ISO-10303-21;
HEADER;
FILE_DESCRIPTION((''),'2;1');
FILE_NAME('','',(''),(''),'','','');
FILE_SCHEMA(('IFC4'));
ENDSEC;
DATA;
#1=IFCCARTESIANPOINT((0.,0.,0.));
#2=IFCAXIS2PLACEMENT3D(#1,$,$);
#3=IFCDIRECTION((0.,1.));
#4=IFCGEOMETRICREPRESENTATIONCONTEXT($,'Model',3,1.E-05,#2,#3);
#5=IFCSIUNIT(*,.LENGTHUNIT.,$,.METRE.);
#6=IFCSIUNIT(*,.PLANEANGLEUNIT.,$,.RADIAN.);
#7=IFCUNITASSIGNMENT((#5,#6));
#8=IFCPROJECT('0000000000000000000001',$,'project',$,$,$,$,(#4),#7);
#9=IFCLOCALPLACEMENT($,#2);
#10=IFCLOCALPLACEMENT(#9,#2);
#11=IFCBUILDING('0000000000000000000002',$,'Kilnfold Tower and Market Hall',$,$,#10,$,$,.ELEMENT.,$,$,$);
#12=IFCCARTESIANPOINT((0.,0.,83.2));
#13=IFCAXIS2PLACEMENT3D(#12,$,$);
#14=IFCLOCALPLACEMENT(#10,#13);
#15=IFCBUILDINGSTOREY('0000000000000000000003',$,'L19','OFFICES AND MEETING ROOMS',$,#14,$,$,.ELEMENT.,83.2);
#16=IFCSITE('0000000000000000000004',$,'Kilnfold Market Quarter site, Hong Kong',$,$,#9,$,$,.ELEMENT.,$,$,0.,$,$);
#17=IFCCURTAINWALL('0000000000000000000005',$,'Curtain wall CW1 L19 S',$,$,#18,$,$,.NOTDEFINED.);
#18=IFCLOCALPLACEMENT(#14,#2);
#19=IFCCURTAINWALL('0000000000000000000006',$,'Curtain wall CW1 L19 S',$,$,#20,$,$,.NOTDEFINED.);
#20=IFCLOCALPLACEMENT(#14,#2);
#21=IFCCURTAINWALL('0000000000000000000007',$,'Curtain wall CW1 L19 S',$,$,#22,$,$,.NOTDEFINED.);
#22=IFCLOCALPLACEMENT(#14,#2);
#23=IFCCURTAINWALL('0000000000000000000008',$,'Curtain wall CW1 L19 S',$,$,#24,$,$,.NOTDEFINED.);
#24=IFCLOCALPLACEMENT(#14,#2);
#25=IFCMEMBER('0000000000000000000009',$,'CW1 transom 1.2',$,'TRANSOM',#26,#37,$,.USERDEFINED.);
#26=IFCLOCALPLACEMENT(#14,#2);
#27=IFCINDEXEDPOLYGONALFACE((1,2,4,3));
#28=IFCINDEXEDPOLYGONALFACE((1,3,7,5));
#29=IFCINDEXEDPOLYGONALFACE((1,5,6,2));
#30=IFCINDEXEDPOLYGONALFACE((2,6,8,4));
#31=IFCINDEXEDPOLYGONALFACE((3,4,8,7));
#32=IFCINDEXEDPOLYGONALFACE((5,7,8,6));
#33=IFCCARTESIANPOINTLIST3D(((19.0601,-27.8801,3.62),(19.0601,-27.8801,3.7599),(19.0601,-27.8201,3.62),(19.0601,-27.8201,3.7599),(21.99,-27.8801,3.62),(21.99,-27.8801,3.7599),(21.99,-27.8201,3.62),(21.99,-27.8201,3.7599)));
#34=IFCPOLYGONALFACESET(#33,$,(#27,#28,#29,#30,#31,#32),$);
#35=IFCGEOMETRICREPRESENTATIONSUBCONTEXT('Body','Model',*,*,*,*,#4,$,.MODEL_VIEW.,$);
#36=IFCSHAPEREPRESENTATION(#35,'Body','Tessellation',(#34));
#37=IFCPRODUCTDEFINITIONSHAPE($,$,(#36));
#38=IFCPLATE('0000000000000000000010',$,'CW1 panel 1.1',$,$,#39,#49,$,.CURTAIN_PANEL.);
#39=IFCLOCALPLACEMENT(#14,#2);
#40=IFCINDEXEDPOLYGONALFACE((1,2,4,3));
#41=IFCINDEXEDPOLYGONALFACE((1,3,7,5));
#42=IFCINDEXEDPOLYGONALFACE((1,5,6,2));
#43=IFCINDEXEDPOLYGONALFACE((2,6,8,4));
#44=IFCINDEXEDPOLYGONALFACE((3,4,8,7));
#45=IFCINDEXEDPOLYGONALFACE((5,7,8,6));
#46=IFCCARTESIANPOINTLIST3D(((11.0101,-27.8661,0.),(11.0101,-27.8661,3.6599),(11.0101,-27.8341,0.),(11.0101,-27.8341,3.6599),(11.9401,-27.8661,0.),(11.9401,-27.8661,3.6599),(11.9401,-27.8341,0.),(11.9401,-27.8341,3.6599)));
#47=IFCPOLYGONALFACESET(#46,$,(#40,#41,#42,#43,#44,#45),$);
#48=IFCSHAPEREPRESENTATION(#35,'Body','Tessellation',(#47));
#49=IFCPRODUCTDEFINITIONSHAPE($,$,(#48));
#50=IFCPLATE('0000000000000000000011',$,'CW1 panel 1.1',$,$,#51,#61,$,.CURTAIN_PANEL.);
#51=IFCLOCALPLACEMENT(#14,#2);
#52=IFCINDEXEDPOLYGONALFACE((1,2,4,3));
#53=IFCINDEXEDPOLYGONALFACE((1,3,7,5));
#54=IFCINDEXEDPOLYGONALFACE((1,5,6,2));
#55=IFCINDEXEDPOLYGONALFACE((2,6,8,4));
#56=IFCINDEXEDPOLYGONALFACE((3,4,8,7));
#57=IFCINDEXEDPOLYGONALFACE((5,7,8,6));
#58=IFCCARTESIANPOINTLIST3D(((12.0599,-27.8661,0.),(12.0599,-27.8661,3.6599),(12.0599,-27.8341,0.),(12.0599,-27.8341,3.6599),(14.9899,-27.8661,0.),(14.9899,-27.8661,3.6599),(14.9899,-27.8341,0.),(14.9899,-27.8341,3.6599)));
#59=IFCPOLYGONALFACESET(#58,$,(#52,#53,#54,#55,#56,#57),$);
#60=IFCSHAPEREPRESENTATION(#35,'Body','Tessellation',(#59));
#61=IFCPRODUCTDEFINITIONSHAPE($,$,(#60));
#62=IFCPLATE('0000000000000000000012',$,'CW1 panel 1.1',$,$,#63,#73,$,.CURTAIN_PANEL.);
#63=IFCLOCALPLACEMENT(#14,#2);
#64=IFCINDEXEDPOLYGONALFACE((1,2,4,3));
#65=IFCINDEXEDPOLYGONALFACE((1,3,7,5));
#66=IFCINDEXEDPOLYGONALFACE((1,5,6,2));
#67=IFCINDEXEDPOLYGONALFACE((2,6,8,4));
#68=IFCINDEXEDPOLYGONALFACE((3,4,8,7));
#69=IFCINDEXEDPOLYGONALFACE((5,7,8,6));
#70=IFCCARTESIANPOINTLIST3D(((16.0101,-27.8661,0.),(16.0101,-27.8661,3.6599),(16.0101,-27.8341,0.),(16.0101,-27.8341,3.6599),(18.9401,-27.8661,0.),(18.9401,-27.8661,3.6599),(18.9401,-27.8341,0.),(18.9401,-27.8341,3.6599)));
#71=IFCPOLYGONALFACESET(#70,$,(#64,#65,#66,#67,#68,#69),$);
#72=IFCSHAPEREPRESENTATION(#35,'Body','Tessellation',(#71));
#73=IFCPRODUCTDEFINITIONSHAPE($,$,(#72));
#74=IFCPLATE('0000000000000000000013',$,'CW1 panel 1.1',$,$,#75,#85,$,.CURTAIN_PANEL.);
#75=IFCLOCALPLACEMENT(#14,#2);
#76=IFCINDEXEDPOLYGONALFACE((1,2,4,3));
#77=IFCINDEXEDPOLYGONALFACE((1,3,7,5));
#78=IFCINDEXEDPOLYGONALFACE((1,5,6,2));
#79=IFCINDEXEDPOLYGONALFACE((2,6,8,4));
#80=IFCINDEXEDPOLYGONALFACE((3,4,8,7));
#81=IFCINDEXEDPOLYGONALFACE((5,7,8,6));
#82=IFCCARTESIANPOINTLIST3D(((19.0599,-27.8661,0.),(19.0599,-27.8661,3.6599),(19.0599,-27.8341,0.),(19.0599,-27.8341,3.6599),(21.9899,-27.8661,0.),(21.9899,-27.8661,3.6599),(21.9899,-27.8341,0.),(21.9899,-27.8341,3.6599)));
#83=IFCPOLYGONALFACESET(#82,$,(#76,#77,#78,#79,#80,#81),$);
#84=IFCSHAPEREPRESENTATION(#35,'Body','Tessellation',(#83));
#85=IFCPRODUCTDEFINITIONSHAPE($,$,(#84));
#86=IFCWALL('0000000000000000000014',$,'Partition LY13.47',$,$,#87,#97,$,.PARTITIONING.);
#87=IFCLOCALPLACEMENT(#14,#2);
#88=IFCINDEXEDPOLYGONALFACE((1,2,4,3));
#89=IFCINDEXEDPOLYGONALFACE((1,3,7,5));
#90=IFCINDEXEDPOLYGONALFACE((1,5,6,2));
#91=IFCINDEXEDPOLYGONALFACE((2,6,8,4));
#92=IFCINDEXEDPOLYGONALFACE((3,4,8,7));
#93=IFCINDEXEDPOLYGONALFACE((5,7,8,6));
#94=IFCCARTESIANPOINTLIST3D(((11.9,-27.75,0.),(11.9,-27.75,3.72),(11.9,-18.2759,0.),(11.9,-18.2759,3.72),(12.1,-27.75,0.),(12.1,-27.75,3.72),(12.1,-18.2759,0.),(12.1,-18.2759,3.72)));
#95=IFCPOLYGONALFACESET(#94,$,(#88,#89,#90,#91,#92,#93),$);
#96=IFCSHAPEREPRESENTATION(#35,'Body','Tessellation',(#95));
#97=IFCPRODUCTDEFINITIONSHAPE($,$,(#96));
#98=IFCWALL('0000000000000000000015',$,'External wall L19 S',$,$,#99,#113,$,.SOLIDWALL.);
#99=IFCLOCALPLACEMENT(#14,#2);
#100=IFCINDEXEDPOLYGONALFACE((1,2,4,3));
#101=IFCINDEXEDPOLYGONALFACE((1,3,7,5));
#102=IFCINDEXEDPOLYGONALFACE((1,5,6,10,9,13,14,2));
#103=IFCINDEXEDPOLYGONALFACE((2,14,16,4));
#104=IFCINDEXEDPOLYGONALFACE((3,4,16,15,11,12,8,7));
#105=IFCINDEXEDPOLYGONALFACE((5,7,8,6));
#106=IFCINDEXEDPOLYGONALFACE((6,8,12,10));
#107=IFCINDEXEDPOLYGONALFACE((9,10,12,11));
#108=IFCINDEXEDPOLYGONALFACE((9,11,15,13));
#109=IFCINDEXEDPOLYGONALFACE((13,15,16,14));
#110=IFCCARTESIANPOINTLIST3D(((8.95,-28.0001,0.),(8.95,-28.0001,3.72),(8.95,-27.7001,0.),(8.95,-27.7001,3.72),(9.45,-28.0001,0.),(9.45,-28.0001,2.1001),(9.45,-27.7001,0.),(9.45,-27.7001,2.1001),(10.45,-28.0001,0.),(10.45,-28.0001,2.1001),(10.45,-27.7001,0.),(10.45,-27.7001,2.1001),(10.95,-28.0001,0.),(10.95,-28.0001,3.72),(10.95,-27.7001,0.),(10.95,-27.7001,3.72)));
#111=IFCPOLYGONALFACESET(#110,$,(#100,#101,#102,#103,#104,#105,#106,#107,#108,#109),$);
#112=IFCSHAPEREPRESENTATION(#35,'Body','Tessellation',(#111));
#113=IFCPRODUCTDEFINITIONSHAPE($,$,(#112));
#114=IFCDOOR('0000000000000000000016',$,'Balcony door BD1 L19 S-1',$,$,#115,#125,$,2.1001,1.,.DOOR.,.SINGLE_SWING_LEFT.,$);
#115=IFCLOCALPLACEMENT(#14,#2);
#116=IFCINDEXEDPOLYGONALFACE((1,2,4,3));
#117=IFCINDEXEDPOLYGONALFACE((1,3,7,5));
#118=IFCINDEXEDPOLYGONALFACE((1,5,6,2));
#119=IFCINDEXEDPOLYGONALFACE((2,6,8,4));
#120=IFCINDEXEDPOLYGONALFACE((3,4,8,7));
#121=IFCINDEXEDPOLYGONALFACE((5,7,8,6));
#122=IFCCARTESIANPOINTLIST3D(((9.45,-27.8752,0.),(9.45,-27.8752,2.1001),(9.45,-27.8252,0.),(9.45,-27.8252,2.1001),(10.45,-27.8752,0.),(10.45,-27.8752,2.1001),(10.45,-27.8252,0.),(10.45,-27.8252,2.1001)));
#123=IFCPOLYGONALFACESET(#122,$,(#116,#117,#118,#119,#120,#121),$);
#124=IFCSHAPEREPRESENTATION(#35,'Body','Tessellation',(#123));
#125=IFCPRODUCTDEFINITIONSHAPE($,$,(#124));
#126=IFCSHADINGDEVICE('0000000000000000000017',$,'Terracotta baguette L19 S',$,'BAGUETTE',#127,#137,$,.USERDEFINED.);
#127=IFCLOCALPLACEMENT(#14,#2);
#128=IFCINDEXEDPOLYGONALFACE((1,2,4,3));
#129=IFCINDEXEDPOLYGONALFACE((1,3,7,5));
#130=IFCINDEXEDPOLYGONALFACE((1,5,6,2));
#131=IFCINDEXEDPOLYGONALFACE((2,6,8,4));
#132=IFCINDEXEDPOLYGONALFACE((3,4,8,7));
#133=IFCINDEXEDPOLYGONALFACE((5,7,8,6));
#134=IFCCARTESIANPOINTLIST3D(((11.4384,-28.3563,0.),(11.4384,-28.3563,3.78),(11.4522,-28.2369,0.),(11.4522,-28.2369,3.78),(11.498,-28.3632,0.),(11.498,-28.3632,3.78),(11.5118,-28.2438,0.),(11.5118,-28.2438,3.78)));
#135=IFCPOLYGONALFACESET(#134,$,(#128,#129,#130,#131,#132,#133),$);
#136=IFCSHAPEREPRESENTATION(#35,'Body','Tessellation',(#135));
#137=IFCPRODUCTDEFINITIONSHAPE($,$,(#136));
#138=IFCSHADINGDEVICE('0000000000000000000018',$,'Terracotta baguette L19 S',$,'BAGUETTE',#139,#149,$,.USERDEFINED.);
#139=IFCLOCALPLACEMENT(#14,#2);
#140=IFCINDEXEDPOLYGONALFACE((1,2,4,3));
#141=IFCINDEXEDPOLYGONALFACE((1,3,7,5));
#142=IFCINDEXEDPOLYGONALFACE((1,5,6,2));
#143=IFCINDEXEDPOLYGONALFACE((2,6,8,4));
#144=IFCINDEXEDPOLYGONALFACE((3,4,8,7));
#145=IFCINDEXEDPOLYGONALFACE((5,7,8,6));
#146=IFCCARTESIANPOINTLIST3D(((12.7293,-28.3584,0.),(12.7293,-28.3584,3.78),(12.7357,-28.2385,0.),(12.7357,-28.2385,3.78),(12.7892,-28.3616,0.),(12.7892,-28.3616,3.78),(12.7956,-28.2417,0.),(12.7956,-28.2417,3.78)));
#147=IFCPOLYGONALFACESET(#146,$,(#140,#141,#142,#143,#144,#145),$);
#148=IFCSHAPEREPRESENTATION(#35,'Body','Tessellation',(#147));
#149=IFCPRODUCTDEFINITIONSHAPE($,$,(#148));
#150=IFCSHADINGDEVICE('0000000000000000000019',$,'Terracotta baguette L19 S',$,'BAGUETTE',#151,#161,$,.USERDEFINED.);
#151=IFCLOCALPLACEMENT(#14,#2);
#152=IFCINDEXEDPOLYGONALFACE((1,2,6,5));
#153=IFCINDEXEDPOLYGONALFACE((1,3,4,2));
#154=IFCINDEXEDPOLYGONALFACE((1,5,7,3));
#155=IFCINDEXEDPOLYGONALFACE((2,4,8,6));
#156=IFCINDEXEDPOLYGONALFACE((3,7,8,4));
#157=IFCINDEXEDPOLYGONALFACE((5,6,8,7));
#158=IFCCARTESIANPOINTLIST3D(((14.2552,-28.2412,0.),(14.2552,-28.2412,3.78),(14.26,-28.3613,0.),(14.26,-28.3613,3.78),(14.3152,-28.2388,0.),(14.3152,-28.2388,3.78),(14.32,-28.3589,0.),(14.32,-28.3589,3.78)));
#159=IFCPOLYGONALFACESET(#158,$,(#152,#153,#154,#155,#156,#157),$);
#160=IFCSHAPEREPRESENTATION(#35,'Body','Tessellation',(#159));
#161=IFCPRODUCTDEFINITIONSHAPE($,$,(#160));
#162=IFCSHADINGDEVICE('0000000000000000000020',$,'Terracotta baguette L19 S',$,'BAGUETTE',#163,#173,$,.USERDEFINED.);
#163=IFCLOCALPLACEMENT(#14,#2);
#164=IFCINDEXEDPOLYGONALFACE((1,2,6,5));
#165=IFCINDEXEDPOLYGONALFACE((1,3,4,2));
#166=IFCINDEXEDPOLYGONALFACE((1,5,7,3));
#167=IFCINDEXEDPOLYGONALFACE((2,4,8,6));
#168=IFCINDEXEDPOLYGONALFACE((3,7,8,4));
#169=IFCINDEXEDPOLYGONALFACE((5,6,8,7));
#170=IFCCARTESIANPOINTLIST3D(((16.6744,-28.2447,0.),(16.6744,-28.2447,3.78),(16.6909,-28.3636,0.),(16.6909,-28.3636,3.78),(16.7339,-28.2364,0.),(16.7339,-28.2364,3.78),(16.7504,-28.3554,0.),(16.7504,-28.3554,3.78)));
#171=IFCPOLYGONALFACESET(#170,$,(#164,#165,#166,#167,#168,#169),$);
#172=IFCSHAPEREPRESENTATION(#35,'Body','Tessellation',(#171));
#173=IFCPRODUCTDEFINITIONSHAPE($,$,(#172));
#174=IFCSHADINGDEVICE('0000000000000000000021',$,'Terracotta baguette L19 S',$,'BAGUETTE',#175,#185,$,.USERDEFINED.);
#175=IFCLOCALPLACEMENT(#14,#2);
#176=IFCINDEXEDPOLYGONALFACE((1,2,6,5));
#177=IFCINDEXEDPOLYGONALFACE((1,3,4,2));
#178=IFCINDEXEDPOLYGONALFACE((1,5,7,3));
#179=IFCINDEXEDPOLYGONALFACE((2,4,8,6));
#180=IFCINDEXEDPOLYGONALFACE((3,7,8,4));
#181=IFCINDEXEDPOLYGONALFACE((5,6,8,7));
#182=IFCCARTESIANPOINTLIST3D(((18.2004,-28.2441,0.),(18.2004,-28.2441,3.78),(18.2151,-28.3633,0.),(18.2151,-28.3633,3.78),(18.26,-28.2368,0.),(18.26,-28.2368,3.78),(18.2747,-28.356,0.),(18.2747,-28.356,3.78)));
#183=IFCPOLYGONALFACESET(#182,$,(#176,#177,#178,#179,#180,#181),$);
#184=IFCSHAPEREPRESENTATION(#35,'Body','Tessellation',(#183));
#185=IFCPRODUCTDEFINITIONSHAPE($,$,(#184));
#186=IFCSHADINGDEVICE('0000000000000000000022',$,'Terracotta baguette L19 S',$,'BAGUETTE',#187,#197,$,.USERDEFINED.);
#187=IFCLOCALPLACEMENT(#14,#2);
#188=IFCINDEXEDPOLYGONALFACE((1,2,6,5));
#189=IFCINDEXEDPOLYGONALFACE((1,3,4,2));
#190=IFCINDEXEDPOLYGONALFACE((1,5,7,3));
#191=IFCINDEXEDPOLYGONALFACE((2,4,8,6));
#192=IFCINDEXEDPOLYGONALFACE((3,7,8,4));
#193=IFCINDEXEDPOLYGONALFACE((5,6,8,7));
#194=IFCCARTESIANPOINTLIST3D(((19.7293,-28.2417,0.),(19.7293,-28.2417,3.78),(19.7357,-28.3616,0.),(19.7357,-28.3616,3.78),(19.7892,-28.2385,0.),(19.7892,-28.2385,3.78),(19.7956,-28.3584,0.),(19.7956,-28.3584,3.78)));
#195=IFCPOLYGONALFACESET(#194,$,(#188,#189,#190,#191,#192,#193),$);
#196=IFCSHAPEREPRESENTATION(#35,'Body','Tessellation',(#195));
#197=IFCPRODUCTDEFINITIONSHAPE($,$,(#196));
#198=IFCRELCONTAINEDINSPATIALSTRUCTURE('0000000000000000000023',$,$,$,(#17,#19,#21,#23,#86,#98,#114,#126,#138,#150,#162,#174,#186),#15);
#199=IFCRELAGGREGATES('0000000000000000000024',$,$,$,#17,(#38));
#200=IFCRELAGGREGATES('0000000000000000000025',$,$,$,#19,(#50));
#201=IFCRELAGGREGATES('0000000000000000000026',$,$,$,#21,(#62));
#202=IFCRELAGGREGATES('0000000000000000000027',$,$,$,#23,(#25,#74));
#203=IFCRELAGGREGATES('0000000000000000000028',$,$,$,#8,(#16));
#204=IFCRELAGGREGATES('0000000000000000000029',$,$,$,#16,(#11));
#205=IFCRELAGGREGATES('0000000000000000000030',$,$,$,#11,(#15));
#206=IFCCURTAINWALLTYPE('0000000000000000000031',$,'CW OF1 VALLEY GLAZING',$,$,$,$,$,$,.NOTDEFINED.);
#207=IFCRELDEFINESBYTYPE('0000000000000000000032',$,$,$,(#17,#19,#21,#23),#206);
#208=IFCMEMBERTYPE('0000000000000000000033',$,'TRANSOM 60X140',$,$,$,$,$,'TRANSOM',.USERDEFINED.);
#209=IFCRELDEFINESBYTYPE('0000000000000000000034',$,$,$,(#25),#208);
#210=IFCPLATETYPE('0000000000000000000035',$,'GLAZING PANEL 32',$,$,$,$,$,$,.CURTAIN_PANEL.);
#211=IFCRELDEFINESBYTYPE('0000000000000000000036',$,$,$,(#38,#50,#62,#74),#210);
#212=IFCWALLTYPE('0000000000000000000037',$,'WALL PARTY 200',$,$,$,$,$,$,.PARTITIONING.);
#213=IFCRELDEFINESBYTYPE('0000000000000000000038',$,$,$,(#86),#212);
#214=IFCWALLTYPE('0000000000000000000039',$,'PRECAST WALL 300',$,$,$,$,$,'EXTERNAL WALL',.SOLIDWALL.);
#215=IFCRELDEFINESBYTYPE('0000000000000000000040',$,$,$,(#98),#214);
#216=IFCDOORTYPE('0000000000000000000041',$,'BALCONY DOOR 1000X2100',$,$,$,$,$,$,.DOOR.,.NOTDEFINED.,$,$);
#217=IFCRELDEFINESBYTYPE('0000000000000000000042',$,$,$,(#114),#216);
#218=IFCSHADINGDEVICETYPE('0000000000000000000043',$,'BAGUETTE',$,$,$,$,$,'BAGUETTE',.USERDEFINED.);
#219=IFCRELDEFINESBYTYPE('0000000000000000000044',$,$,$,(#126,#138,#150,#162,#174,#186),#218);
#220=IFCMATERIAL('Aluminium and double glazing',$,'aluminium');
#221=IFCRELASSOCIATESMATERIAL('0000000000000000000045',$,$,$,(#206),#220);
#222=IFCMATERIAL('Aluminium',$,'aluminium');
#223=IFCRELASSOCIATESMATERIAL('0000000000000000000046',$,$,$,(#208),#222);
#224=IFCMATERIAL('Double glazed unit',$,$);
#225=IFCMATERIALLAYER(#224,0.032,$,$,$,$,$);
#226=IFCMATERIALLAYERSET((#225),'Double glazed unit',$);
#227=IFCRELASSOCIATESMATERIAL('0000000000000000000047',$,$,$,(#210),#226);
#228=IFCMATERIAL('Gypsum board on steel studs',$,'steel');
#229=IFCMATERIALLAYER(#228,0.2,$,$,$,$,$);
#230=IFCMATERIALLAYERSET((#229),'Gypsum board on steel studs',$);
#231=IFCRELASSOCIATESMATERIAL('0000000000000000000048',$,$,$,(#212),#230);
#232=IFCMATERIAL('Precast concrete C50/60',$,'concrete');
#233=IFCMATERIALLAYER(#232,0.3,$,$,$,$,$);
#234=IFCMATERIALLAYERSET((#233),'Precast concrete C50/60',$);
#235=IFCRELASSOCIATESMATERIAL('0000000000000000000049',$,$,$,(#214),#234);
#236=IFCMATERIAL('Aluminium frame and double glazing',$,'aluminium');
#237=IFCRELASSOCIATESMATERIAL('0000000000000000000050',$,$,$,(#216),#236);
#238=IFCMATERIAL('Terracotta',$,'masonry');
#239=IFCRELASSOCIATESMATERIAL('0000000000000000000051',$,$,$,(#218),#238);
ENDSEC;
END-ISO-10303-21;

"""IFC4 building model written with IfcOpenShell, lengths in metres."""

from ifc_helpers import new_model, si_unit, direction, frame, frame_2d, origin, origin_2d, place, context, subcontext, project, spatial, rectangle, extrude, source, transform, mapped, material, layer, layer_set, material_profile, profile_set, type_object, element, fill, aggregate, save


model = new_model("IFC4")

# Units and contexts
model_context = context("Model", 3, precision=1e-05, world=origin(), true_north=direction((0.0, 1.0)))
body_context = subcontext(model_context, "Body", "Model", "MODEL_VIEW")
ifc_project = project(units=[si_unit("LENGTHUNIT", "METRE"), si_unit("PLANEANGLEUNIT", "RADIAN")], contexts=[model_context])

# Site, building, storey
site_placement = place(None, origin())
site = spatial("IfcSite", under=ifc_project, at=site_placement, Name="Kilnfold Market Quarter site, Hong Kong", CompositionType="ELEMENT", RefElevation=0.0)
building_placement = place(site_placement, origin())
building = spatial("IfcBuilding", under=site, at=building_placement, Name="Kilnfold Tower and Market Hall", CompositionType="ELEMENT")
storey_placement = place(building_placement, frame((0.0, 0.0, 83.2)))
storey = spatial("IfcBuildingStorey", under=building, at=storey_placement, Name="L19", Description="OFFICES AND MEETING ROOMS", CompositionType="ELEMENT", Elevation=83.2)

# Curtain walls
ifc_material_1 = material(Name="Aluminium and double glazing", Category="aluminium")
curtain_wall_type = type_object("IfcCurtainWallType", Name="CW OF1 VALLEY GLAZING", PredefinedType="NOTDEFINED", material=ifc_material_1)
curtain_wall_1_placement = place(storey_placement, origin())
curtain_wall_1 = element("IfcCurtainWall", 1, at=curtain_wall_1_placement, inside=storey, type_object=curtain_wall_type, Name="Curtain wall CW1 L19 S", PredefinedType="NOTDEFINED")
curtain_wall_2_placement = place(storey_placement, origin())
curtain_wall_2 = element("IfcCurtainWall", 2, at=curtain_wall_2_placement, inside=storey, type_object=curtain_wall_type, Name="Curtain wall CW1 L19 S", PredefinedType="NOTDEFINED")
curtain_wall_3_placement = place(storey_placement, origin())
curtain_wall_3 = element("IfcCurtainWall", 3, at=curtain_wall_3_placement, inside=storey, type_object=curtain_wall_type, Name="Curtain wall CW1 L19 S", PredefinedType="NOTDEFINED")
curtain_wall_4_placement = place(storey_placement, origin())
curtain_wall_4 = element("IfcCurtainWall", 4, at=curtain_wall_4_placement, inside=storey, type_object=curtain_wall_type, Name="Curtain wall CW1 L19 S", PredefinedType="NOTDEFINED")

# Member
ifc_material_2 = material(Name="Aluminium", Category="aluminium")
ifc_material_profile_1 = material_profile(ifc_material_2, rectangle(XDim=0.0601, YDim=0.1399, at=origin_2d()), Name="TRANSOM 60x140")
ifc_profile_set_1 = profile_set([ifc_material_profile_1], Name="Aluminium")
member_type_1 = type_object("IfcMemberType", Name="TRANSOM 60X140", ElementType="TRANSOM", PredefinedType="USERDEFINED", material=ifc_profile_set_1)
shared_shape_1 = source(origin(), body_context, "Body", "SweptSolid", [
    extrude(rectangle(XDim=0.0601, YDim=0.1399, at=origin_2d()), origin(), (0.0, 0.0, 1.0), 2.9299),
])
member_1_placement = place(storey_placement, frame((19.0601, -27.8501, 3.6899), z_axis=(1.0, 0.0, 0.0), x_axis=(0.0, 1.0, 0.0)))
member_1 = element("IfcMember", 5, at=member_1_placement, type_object=member_type_1, Name="CW1 transom 1.2", ObjectType="TRANSOM", PredefinedType="USERDEFINED", context=body_context, shape_type="MappedRepresentation", body=[
    mapped(shared_shape_1, transform((0.0, 0.0, 0.0))),
])

# Plates
ifc_material_3 = material(Name="Double glazed unit")
ifc_layer_1 = layer(ifc_material_3, 0.032)
ifc_layer_set_1 = layer_set([ifc_layer_1], Name="Double glazed unit")
plate_type = type_object("IfcPlateType", Name="GLAZING PANEL 32", PredefinedType="CURTAIN_PANEL", material=ifc_layer_set_1)
shared_shape_2 = source(origin(), body_context, "Body", "SweptSolid", [
    extrude(rectangle(XDim=0.9299, YDim=0.032, at=origin_2d()), origin(), (0.0, 0.0, 1.0), 3.6599),
])
plate_1_placement = place(storey_placement, frame((11.4751, -27.8501, 0.0), z_axis=(0.0, 0.0, 1.0), x_axis=(1.0, 0.0, 0.0)))
plate_1 = element("IfcPlate", 6, at=plate_1_placement, type_object=plate_type, Name="CW1 panel 1.1", PredefinedType="CURTAIN_PANEL", context=body_context, shape_type="MappedRepresentation", body=[
    mapped(shared_shape_2, transform((0.0, 0.0, 0.0))),
])
aggregate(curtain_wall_1, [plate_1])
shared_shape_3 = source(origin(), body_context, "Body", "SweptSolid", [
    extrude(rectangle(XDim=2.9299, YDim=0.032, at=origin_2d()), origin(), (0.0, 0.0, 1.0), 3.6599),
])
plate_2_placement = place(storey_placement, frame((13.5249, -27.8501, 0.0), z_axis=(0.0, 0.0, 1.0), x_axis=(1.0, 0.0, 0.0)))
plate_2 = element("IfcPlate", 7, at=plate_2_placement, type_object=plate_type, Name="CW1 panel 1.1", PredefinedType="CURTAIN_PANEL", context=body_context, shape_type="MappedRepresentation", body=[
    mapped(shared_shape_3, transform((0.0, 0.0, 0.0))),
])
aggregate(curtain_wall_2, [plate_2])
plate_3_placement = place(storey_placement, frame((17.4751, -27.8501, 0.0), z_axis=(0.0, 0.0, 1.0), x_axis=(1.0, 0.0, 0.0)))
plate_3 = element("IfcPlate", 8, at=plate_3_placement, type_object=plate_type, Name="CW1 panel 1.1", PredefinedType="CURTAIN_PANEL", context=body_context, shape_type="MappedRepresentation", body=[
    mapped(shared_shape_3, transform((0.0, 0.0, 0.0))),
])
aggregate(curtain_wall_3, [plate_3])
plate_4_placement = place(storey_placement, frame((20.5249, -27.8501, 0.0), z_axis=(0.0, 0.0, 1.0), x_axis=(1.0, 0.0, 0.0)))
plate_4 = element("IfcPlate", 9, at=plate_4_placement, type_object=plate_type, Name="CW1 panel 1.1", PredefinedType="CURTAIN_PANEL", context=body_context, shape_type="MappedRepresentation", body=[
    mapped(shared_shape_3, transform((0.0, 0.0, 0.0))),
])
aggregate(curtain_wall_4, [member_1, plate_4])

# Wall
ifc_material_4 = material(Name="Gypsum board on steel studs", Category="steel")
ifc_layer_2 = layer(ifc_material_4, 0.2)
ifc_layer_set_2 = layer_set([ifc_layer_2], Name="Gypsum board on steel studs")
wall_type_1 = type_object("IfcWallType", Name="WALL PARTY 200", PredefinedType="PARTITIONING", material=ifc_layer_set_2)
wall_1_placement = place(storey_placement, frame((12.0, -27.75, 0.0), z_axis=(0.0, 0.0, 1.0), x_axis=(0.0, 1.0, 0.0)))
element("IfcWall", 10, at=wall_1_placement, inside=storey, type_object=wall_type_1, Name="Partition LY13.47", PredefinedType="PARTITIONING", context=body_context, shape_type="SweptSolid", body=[
    extrude(rectangle(XDim=9.4741, YDim=0.2, at=frame_2d((4.7371, 0.0))), origin(), (0.0, 0.0, 1.0), 3.72),
])

# Wall, opening, door
ifc_material_5 = material(Name="Precast concrete C50/60", Category="concrete")
ifc_layer_3 = layer(ifc_material_5, 0.3)
ifc_layer_set_3 = layer_set([ifc_layer_3], Name="Precast concrete C50/60")
wall_type_2 = type_object("IfcWallType", Name="PRECAST WALL 300", ElementType="EXTERNAL WALL", PredefinedType="SOLIDWALL", material=ifc_layer_set_3)
shared_shape_4 = source(origin(), body_context, "Body", "SweptSolid", [
    extrude(rectangle(XDim=2.0, YDim=0.3, at=frame_2d((1.0, 0.0))), origin(), (0.0, 0.0, 1.0), 3.72),
])
wall_2_placement = place(storey_placement, frame((8.95, -27.8501, 0.0), z_axis=(0.0, 0.0, 1.0), x_axis=(1.0, 0.0, 0.0)))
wall_2 = element("IfcWall", 11, at=wall_2_placement, inside=storey, type_object=wall_type_2, Name="External wall L19 S", PredefinedType="SOLIDWALL", context=body_context, shape_type="MappedRepresentation", body=[
    mapped(shared_shape_4, transform((0.0, 0.0, 0.0))),
])
opening_placement = place(wall_2_placement, frame((0.5, 0.0, 0.0)))
opening = element("IfcOpeningElement", 12, at=opening_placement, cuts=wall_2, PredefinedType="OPENING", context=body_context, shape_type="SweptSolid", body=[
    extrude(rectangle(XDim=1.0, YDim=2.1001, at=frame_2d((0.5, 1.05))), frame((0.0, 0.1602, 0.0), z_axis=(0.0, -1.0, 0.0), x_axis=(1.0, 0.0, 0.0)), (0.0, 0.0, 1.0), 0.3201),
])
ifc_material_6 = material(Name="Aluminium frame and double glazing", Category="aluminium")
door_type = type_object("IfcDoorType", Name="BALCONY DOOR 1000X2100", OperationType="NOTDEFINED", PredefinedType="DOOR", material=ifc_material_6)
door_placement = place(opening_placement, origin())
door = element("IfcDoor", 13, at=door_placement, inside=storey, type_object=door_type, Name="Balcony door BD1 L19 S-1", OperationType="SINGLE_SWING_LEFT", OverallHeight=2.1001, OverallWidth=1.0, PredefinedType="DOOR", context=body_context, shape_type="SweptSolid", body=[
    extrude(rectangle(XDim=1.0, YDim=2.1001, at=frame_2d((0.5, 1.05))), frame((0.0, 0.0249, 0.0), z_axis=(0.0, -1.0, 0.0), x_axis=(1.0, 0.0, 0.0)), (0.0, 0.0, 1.0), 0.05),
])
fill(opening, door)

# Shading devices
ifc_material_7 = material(Name="Terracotta", Category="masonry")
ifc_material_profile_2 = material_profile(ifc_material_7, rectangle(XDim=0.0601, YDim=0.1201, at=origin_2d()), Name="BAG 60x120")
ifc_profile_set_2 = profile_set([ifc_material_profile_2], Name="Terracotta")
shading_device_type = type_object("IfcShadingDeviceType", Name="BAGUETTE", ElementType="BAGUETTE", PredefinedType="USERDEFINED", material=ifc_profile_set_2)
shared_shape_5 = source(origin(), body_context, "Body", "SweptSolid", [
    extrude(rectangle(XDim=0.0601, YDim=0.1201, at=origin_2d()), origin(), (0.0, 0.0, 1.0), 3.78),
])
for number, where, z_axis, x_axis, name in (
    (14, (11.4751, -28.3, 0.0), (0.0, 0.0, 1.0), (0.993368, -0.11498, 0.0), "Terracotta baguette L19 S"),
    (15, (12.7625, -28.3, 0.0), (0.0, 0.0, 1.0), (0.998571, -0.053436, 0.0), "Terracotta baguette L19 S"),
    (16, (14.2876, -28.3, 0.0), (0.0, 0.0, 1.0), (0.999195, 0.040116, 0.0), "Terracotta baguette L19 S"),
    (17, (16.7124, -28.3, 0.0), (0.0, 0.0, 1.0), (0.990618, 0.13666, 0.0), "Terracotta baguette L19 S"),
    (18, (18.2375, -28.3, 0.0), (0.0, 0.0, 1.0), (0.992449, 0.122659, 0.0), "Terracotta baguette L19 S"),
    (19, (19.7625, -28.3, 0.0), (0.0, 0.0, 1.0), (0.998571, 0.053436, 0.0), "Terracotta baguette L19 S"),
):
    element("IfcShadingDevice", number, at=place(storey_placement, frame(where, z_axis=z_axis, x_axis=x_axis)), inside=storey, type_object=shading_device_type, Name=name, ObjectType="BAGUETTE", PredefinedType="USERDEFINED", context=body_context, shape_type="MappedRepresentation", body=[
        mapped(shared_shape_5, transform((0.0, 0.0, 0.0))),
    ])

save(model, "model.ifc")
